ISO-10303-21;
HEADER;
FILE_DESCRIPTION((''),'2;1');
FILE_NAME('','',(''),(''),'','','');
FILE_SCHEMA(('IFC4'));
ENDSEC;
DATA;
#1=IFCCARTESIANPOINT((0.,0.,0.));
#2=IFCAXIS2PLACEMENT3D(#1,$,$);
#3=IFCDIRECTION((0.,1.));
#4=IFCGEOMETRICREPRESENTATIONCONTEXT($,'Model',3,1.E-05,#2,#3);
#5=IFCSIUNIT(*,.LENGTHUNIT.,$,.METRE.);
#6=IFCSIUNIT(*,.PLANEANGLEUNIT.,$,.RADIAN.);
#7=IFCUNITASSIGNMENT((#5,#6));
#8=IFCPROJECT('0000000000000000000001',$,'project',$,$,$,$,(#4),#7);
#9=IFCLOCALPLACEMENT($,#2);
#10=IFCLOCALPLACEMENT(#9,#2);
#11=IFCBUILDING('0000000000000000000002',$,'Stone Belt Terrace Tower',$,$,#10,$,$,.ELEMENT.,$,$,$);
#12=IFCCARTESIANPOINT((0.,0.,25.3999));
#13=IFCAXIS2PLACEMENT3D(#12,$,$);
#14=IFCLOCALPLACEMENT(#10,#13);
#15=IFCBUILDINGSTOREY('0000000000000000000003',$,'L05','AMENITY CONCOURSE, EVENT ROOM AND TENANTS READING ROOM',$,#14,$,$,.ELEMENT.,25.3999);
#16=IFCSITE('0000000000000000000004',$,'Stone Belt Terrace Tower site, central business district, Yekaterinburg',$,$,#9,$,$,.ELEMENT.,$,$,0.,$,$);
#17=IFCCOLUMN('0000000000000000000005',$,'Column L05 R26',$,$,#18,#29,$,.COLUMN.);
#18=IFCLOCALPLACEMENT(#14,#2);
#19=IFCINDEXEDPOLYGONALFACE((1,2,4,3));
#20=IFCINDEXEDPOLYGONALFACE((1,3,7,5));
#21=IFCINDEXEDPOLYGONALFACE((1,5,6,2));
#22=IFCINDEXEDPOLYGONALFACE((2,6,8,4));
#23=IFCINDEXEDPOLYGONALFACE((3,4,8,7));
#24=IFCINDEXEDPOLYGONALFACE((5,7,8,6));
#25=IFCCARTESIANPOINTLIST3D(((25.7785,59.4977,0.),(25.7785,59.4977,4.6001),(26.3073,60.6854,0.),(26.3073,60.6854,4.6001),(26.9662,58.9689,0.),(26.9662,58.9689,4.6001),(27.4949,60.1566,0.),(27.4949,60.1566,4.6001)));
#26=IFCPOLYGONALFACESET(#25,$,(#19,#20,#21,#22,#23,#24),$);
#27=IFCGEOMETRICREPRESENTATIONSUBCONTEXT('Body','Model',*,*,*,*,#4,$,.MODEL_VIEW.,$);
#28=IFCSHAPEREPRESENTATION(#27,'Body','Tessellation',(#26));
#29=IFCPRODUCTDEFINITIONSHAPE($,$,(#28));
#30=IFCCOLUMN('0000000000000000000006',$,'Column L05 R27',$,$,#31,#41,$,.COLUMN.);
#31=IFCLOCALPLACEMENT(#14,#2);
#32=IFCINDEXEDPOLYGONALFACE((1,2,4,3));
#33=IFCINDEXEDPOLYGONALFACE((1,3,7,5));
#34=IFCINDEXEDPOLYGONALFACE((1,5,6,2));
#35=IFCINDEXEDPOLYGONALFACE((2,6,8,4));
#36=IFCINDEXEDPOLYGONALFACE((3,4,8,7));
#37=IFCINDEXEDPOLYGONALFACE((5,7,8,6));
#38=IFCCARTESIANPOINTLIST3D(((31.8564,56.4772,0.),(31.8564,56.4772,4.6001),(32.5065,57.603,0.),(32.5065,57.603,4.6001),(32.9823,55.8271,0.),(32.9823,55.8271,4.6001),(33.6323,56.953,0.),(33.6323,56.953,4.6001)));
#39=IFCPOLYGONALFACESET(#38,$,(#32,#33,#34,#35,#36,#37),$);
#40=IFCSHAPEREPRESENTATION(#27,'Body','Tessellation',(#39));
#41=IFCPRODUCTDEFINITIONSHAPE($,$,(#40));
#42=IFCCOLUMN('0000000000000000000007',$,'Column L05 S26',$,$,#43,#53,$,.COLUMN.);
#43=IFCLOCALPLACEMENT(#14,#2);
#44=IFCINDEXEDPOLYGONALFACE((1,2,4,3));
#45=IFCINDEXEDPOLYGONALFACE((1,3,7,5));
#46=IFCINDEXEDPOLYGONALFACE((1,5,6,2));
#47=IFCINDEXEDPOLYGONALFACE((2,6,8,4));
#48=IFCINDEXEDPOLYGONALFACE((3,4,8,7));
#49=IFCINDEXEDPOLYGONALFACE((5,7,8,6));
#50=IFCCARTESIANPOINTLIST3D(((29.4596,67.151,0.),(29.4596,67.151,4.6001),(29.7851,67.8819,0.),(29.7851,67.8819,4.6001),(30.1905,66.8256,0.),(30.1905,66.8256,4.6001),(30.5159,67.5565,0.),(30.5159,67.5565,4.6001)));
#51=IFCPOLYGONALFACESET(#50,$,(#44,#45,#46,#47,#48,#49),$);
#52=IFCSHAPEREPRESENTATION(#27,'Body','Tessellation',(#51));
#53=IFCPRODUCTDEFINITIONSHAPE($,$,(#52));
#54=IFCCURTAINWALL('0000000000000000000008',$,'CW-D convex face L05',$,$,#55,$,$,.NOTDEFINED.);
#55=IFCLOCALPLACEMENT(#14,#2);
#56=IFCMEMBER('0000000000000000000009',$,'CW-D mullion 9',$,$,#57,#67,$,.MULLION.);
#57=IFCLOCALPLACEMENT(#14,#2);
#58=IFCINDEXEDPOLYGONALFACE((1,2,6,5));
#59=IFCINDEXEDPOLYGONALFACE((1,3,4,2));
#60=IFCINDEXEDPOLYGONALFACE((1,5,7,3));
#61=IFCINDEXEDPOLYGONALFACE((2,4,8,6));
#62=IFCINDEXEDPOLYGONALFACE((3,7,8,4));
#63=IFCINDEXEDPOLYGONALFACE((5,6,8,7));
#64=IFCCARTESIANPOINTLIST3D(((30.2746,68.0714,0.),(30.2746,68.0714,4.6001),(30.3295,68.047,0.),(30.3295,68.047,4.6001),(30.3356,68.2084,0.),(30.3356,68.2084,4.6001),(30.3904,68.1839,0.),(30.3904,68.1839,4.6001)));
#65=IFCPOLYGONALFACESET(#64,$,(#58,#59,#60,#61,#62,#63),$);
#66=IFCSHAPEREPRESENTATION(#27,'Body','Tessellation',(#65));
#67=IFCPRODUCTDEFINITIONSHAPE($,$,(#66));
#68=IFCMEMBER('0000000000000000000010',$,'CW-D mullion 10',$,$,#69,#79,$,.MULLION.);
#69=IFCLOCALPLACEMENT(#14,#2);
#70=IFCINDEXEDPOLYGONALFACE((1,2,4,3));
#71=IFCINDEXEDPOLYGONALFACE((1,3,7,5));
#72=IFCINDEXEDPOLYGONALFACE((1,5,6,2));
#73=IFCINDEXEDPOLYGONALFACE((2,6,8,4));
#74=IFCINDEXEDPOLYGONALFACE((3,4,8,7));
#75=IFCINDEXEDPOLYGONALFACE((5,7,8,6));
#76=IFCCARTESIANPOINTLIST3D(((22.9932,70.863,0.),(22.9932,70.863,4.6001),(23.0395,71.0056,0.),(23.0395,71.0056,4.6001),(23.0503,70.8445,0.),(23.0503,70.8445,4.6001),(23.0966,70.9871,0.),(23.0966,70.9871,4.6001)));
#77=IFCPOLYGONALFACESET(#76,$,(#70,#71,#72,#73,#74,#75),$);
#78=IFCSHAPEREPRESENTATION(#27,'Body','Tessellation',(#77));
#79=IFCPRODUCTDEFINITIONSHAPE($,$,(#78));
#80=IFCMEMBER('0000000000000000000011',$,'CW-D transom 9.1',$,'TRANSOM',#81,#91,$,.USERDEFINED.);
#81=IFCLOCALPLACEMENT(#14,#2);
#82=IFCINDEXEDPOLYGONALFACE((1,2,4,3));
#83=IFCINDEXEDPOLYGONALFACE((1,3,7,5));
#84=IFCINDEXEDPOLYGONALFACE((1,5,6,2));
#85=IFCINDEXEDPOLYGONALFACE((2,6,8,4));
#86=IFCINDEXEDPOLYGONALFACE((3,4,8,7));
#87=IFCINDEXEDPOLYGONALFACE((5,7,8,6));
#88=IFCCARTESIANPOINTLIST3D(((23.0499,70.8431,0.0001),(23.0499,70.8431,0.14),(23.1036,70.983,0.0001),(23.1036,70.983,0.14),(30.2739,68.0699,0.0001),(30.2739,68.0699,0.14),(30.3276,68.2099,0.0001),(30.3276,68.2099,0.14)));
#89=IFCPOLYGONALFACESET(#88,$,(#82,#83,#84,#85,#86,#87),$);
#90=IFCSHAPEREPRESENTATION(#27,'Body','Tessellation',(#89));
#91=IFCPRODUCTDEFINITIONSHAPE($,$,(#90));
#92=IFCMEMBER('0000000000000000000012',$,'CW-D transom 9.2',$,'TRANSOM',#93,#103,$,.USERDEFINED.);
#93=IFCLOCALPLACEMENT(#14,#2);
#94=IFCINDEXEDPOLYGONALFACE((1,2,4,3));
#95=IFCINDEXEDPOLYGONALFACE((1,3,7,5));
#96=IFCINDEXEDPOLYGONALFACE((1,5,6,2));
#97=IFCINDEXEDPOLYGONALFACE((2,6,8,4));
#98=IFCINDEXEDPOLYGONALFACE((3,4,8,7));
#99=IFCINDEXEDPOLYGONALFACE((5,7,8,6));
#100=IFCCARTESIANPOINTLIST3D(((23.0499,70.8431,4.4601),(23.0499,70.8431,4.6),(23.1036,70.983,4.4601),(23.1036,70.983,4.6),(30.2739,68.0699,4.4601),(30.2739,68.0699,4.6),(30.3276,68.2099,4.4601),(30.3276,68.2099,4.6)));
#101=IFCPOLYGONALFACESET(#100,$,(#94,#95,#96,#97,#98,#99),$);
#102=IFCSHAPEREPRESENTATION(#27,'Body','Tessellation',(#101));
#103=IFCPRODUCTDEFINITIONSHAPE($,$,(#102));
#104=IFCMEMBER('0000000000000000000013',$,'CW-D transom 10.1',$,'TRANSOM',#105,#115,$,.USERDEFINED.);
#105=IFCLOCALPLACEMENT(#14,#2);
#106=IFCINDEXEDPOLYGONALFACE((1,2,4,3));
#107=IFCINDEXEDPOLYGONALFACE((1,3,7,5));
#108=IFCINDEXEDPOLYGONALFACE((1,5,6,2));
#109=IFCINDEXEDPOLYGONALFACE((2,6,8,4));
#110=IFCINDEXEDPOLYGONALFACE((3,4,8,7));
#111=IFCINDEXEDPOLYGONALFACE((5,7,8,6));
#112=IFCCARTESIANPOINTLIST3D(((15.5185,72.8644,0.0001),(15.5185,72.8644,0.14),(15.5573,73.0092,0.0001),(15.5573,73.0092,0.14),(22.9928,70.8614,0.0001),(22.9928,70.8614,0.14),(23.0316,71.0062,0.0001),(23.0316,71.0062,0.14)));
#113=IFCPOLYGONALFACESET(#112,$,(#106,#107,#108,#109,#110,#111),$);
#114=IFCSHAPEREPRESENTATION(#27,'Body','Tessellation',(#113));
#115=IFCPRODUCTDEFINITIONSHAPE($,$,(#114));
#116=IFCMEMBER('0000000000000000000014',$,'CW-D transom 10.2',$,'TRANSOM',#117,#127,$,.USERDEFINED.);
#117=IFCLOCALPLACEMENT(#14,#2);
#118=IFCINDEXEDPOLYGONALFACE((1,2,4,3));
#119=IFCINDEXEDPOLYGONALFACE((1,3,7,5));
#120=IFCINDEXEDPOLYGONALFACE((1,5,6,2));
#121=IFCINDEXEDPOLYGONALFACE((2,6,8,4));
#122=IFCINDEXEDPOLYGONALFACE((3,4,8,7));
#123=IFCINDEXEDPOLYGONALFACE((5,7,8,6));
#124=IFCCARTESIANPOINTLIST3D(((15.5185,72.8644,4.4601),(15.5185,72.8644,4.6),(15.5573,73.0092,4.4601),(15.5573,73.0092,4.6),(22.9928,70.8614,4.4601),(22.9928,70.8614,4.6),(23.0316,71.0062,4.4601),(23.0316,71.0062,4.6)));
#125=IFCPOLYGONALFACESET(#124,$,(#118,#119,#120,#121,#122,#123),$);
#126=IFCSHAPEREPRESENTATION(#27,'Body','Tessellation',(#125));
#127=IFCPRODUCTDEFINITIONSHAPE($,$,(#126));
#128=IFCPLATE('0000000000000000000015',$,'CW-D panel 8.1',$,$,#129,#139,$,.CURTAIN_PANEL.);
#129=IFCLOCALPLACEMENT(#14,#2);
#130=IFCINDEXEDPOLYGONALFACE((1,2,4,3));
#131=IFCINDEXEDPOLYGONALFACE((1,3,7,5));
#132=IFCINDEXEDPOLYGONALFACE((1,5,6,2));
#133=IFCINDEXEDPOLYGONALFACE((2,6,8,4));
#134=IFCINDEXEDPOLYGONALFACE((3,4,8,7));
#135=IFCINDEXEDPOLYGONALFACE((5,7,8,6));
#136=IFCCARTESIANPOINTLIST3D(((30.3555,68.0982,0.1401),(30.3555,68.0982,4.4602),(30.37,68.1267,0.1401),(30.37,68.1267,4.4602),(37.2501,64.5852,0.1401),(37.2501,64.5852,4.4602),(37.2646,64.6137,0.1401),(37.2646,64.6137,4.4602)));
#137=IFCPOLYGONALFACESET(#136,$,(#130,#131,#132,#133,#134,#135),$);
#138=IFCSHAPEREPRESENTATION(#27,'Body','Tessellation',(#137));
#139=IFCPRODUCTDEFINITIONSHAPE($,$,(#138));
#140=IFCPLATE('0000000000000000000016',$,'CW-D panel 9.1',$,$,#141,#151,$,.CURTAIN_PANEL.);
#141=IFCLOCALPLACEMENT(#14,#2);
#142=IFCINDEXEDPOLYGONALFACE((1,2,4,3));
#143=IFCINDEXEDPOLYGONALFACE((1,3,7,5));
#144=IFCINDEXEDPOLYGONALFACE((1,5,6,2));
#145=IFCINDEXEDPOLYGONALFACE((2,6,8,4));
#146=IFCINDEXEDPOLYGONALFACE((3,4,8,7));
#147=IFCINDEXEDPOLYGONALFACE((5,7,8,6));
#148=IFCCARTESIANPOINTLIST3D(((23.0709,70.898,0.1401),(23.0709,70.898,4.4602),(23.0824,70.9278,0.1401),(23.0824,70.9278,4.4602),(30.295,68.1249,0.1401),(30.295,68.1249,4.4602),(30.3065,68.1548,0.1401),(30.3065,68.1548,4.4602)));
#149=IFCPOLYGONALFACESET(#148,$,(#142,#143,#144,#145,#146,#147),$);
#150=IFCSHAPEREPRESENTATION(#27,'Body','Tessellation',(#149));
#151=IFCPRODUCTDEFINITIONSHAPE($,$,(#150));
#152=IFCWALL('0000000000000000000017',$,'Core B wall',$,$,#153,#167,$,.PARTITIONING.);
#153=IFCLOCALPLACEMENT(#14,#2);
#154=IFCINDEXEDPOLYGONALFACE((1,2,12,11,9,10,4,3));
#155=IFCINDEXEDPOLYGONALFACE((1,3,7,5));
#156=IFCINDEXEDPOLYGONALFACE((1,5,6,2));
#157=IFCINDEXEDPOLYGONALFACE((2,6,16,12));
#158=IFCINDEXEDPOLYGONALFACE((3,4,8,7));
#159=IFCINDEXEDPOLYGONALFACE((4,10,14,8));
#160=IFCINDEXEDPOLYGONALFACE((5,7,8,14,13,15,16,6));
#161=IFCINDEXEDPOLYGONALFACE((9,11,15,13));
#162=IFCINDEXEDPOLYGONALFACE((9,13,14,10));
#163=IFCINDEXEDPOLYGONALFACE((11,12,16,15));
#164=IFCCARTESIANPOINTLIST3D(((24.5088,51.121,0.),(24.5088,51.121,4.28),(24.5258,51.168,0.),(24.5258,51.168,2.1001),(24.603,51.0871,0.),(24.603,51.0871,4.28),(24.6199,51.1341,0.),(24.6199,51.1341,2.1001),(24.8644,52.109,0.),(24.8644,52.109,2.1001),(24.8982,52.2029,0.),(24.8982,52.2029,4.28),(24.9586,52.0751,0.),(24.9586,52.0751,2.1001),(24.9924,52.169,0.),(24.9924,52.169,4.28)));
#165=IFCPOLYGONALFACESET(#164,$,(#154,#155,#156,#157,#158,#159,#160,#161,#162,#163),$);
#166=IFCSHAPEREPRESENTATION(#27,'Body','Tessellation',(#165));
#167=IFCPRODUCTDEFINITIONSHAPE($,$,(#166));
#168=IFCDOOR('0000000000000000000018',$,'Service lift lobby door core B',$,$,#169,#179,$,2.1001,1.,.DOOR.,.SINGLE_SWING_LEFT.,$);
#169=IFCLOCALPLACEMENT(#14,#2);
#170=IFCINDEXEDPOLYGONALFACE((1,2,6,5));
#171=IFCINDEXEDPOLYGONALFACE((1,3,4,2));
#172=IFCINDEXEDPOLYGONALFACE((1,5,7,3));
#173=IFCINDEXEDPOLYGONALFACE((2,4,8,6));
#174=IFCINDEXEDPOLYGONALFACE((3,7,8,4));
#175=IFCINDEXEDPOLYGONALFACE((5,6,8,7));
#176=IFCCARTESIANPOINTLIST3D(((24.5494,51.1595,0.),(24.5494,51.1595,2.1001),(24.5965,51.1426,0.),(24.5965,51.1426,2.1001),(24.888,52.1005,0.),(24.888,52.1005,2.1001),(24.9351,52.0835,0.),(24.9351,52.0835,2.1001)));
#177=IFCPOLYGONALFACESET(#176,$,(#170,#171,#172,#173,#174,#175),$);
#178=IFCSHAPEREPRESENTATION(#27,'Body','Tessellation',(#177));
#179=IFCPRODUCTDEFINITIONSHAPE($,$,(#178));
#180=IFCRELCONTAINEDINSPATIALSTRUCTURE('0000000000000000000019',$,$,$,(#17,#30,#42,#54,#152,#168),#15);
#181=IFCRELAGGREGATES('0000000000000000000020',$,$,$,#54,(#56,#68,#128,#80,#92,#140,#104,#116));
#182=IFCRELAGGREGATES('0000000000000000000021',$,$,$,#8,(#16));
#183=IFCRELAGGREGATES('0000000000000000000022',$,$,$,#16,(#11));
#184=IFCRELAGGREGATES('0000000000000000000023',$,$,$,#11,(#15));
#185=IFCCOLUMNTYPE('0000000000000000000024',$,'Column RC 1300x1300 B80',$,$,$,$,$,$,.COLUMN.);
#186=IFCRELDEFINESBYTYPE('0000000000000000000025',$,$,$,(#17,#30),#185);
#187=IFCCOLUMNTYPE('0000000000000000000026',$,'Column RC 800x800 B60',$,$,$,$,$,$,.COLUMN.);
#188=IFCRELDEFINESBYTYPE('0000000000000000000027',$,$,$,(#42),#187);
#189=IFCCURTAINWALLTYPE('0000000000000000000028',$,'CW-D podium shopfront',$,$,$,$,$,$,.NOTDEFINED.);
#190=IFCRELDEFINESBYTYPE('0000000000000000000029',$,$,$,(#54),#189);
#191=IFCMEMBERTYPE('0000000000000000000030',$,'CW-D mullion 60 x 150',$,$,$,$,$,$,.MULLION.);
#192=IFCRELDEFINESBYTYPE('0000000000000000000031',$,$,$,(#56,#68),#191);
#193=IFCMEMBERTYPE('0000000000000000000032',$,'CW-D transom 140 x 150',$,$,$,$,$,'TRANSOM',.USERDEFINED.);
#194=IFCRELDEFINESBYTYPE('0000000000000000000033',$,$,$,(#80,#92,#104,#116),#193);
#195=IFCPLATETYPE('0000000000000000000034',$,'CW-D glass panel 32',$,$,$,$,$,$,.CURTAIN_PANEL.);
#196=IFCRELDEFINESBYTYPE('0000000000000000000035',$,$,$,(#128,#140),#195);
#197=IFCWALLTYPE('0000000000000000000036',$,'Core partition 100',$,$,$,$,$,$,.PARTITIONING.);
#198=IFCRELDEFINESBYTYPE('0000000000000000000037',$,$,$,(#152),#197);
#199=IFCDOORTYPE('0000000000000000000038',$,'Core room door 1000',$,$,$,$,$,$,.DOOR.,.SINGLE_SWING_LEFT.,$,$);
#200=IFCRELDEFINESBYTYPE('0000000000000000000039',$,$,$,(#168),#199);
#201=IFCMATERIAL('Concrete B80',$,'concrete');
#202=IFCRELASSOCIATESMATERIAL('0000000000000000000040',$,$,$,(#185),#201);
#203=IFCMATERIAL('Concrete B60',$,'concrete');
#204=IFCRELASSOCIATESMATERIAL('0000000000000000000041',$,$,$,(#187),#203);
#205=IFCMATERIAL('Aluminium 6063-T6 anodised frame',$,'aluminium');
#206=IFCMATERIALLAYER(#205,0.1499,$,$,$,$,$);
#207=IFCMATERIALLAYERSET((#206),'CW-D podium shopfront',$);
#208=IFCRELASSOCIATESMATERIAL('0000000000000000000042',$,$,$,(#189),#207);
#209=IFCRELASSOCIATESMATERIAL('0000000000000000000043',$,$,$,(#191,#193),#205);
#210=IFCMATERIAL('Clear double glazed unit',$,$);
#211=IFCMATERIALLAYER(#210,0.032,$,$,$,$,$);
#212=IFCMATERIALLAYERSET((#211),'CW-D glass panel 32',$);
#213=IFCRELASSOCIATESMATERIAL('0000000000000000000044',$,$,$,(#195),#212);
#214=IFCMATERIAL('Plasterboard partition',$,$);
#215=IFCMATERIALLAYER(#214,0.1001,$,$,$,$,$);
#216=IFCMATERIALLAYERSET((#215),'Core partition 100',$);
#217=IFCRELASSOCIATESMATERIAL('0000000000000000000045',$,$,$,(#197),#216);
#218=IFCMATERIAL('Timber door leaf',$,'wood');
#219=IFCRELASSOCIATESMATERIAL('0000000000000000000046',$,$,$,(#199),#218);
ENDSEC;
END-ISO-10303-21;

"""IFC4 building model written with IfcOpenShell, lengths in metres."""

from ifc_helpers import new_model, si_unit, direction, frame, frame_2d, origin, origin_2d, place, context, subcontext, project, spatial, rectangle, extrude, material, layer, layer_set, material_profile, profile_set, type_object, element, fill, aggregate, save


model = new_model("IFC4")

# Units and contexts
model_context = context("Model", 3, precision=1e-05, world=origin(), true_north=direction((0.0, 1.0)))
body_context = subcontext(model_context, "Body", "Model", "MODEL_VIEW")
ifc_project = project(units=[si_unit("LENGTHUNIT", "METRE"), si_unit("PLANEANGLEUNIT", "RADIAN")], contexts=[model_context])

# Site, building, storey
site_placement = place(None, origin())
site = spatial("IfcSite", under=ifc_project, at=site_placement, Name="Stone Belt Terrace Tower site, central business district, Yekaterinburg", CompositionType="ELEMENT", RefElevation=0.0)
building_placement = place(site_placement, origin())
building = spatial("IfcBuilding", under=site, at=building_placement, Name="Stone Belt Terrace Tower", CompositionType="ELEMENT")
storey_placement = place(building_placement, frame((0.0, 0.0, 25.3999)))
storey = spatial("IfcBuildingStorey", under=building, at=storey_placement, Name="L05", Description="AMENITY CONCOURSE, EVENT ROOM AND TENANTS READING ROOM", CompositionType="ELEMENT", Elevation=25.3999)

# Columns
ifc_material_1 = material(Name="Concrete B80", Category="concrete")
ifc_material_profile_1 = material_profile(ifc_material_1, rectangle(XDim=1.3, YDim=1.3, at=origin_2d()), Name="RC 1300x1300")
ifc_profile_set_1 = profile_set([ifc_material_profile_1], Name="Concrete B80")
column_type_1 = type_object("IfcColumnType", Name="Column RC 1300x1300 B80", PredefinedType="COLUMN", material=ifc_profile_set_1)
for number, where, z_axis, x_axis, name in (
    (1, (26.6367, 59.8271, 0.0), (0.0, 0.0, 1.0), (0.913545, -0.406737, 0.0), "Column L05 R26"),
    (2, (32.7444, 56.7151, 0.0), (0.0, 0.0, 1.0), (0.866025, -0.5, 0.0), "Column L05 R27"),
):
    element("IfcColumn", number, at=place(storey_placement, frame(where, z_axis=z_axis, x_axis=x_axis)), inside=storey, type_object=column_type_1, Name=name, PredefinedType="COLUMN", context=body_context, shape_type="SweptSolid", body=[
        extrude(rectangle(XDim=1.3, YDim=1.3, at=origin_2d()), origin(), (0.0, 0.0, 1.0), 4.6001),
    ])
ifc_material_2 = material(Name="Concrete B60", Category="concrete")
ifc_material_profile_2 = material_profile(ifc_material_2, rectangle(XDim=0.8, YDim=0.8, at=origin_2d()), Name="RC 800x800")
ifc_profile_set_2 = profile_set([ifc_material_profile_2], Name="Concrete B60")
column_type_2 = type_object("IfcColumnType", Name="Column RC 800x800 B60", PredefinedType="COLUMN", material=ifc_profile_set_2)
column_placement = place(storey_placement, frame((29.9878, 67.3538, 0.0), z_axis=(0.0, 0.0, 1.0), x_axis=(0.913545, -0.406737, 0.0)))
element("IfcColumn", 3, at=column_placement, inside=storey, type_object=column_type_2, Name="Column L05 S26", PredefinedType="COLUMN", context=body_context, shape_type="SweptSolid", body=[
    extrude(rectangle(XDim=0.8, YDim=0.8, at=origin_2d()), origin(), (0.0, 0.0, 1.0), 4.6001),
])

# Curtain wall, members, plates
ifc_material_3 = material(Name="Aluminium 6063-T6 anodised frame", Category="aluminium")
ifc_layer_1 = layer(ifc_material_3, 0.1499)
ifc_layer_set_1 = layer_set([ifc_layer_1], Name="CW-D podium shopfront")
curtain_wall_type = type_object("IfcCurtainWallType", Name="CW-D podium shopfront", PredefinedType="NOTDEFINED", material=ifc_layer_set_1)
curtain_wall_placement = place(storey_placement, origin())
curtain_wall = element("IfcCurtainWall", 4, at=curtain_wall_placement, inside=storey, type_object=curtain_wall_type, Name="CW-D convex face L05", PredefinedType="NOTDEFINED")
ifc_material_profile_3 = material_profile(ifc_material_3, rectangle(XDim=0.1499, YDim=0.0601, at=origin_2d()), Name="Aluminium 6063-T6 60x150")
ifc_profile_set_3 = profile_set([ifc_material_profile_3], Name="Aluminium 6063-T6 anodised frame")
member_type_1 = type_object("IfcMemberType", Name="CW-D mullion 60 x 150", PredefinedType="MULLION", material=ifc_profile_set_3)
member_1_placement = place(storey_placement, frame((30.3325, 68.1277, 0.0), z_axis=(0.0, 0.0, 1.0), x_axis=(-0.406737, -0.913545, 0.0)))
member_1 = element("IfcMember", 5, at=member_1_placement, type_object=member_type_1, Name="CW-D mullion 9", PredefinedType="MULLION", context=body_context, shape_type="SweptSolid", body=[
    extrude(rectangle(XDim=0.1499, YDim=0.0601, at=origin_2d()), origin(), (0.0, 0.0, 1.0), 4.6001),
])
member_2_placement = place(storey_placement, frame((23.0449, 70.925, 0.0), z_axis=(0.0, 0.0, 1.0), x_axis=(-0.309017, -0.951057, 0.0)))
member_2 = element("IfcMember", 6, at=member_2_placement, type_object=member_type_1, Name="CW-D mullion 10", PredefinedType="MULLION", context=body_context, shape_type="SweptSolid", body=[
    extrude(rectangle(XDim=0.1499, YDim=0.0601, at=origin_2d()), origin(), (0.0, 0.0, 1.0), 4.6001),
])
ifc_material_profile_4 = material_profile(ifc_material_3, rectangle(XDim=0.1499, YDim=0.1399, at=origin_2d()), Name="Aluminium 6063-T6 150x140")
ifc_profile_set_4 = profile_set([ifc_material_profile_4], Name="Aluminium 6063-T6 anodised frame")
member_type_2 = type_object("IfcMemberType", Name="CW-D transom 140 x 150", ElementType="TRANSOM", PredefinedType="USERDEFINED", material=ifc_profile_set_4)
member_3_placement = place(storey_placement, frame((30.3008, 68.1399, 0.0701), z_axis=(-0.933576, 0.358381, 0.0), x_axis=(-0.358381, -0.933576, 0.0)))
member_3 = element("IfcMember", 7, at=member_3_placement, type_object=member_type_2, Name="CW-D transom 9.1", ObjectType="TRANSOM", PredefinedType="USERDEFINED", context=body_context, shape_type="SweptSolid", body=[
    extrude(rectangle(XDim=0.1499, YDim=0.1399, at=origin_2d()), origin(), (0.0, 0.0, 1.0), 7.738),
])
member_4_placement = place(storey_placement, frame((30.3008, 68.1399, 4.53), z_axis=(-0.933576, 0.358381, 0.0), x_axis=(-0.358381, -0.933576, 0.0)))
member_4 = element("IfcMember", 8, at=member_4_placement, type_object=member_type_2, Name="CW-D transom 9.2", ObjectType="TRANSOM", PredefinedType="USERDEFINED", context=body_context, shape_type="SweptSolid", body=[
    extrude(rectangle(XDim=0.1499, YDim=0.1399, at=origin_2d()), origin(), (0.0, 0.0, 1.0), 7.738),
])
member_5_placement = place(storey_placement, frame((23.0122, 70.9338, 0.0701), z_axis=(-0.96592, 0.258841, 0.0), x_axis=(-0.258841, -0.96592, 0.0)))
member_5 = element("IfcMember", 9, at=member_5_placement, type_object=member_type_2, Name="CW-D transom 10.1", ObjectType="TRANSOM", PredefinedType="USERDEFINED", context=body_context, shape_type="SweptSolid", body=[
    extrude(rectangle(XDim=0.1499, YDim=0.1399, at=origin_2d()), origin(), (0.0, 0.0, 1.0), 7.738),
])
member_6_placement = place(storey_placement, frame((23.0122, 70.9338, 4.53), z_axis=(-0.96592, 0.258841, 0.0), x_axis=(-0.258841, -0.96592, 0.0)))
member_6 = element("IfcMember", 10, at=member_6_placement, type_object=member_type_2, Name="CW-D transom 10.2", ObjectType="TRANSOM", PredefinedType="USERDEFINED", context=body_context, shape_type="SweptSolid", body=[
    extrude(rectangle(XDim=0.1499, YDim=0.1399, at=origin_2d()), origin(), (0.0, 0.0, 1.0), 7.738),
])
ifc_material_4 = material(Name="Clear double glazed unit")
ifc_layer_2 = layer(ifc_material_4, 0.032)
ifc_layer_set_2 = layer_set([ifc_layer_2], Name="CW-D glass panel 32")
plate_type = type_object("IfcPlateType", Name="CW-D glass panel 32", PredefinedType="CURTAIN_PANEL", material=ifc_layer_set_2)
plate_1_placement = place(storey_placement, frame((33.8101, 66.356, 0.1401), z_axis=(0.0, 0.0, 1.0), x_axis=(-0.891007, 0.45399, 0.0)))
plate_1 = element("IfcPlate", 11, at=plate_1_placement, type_object=plate_type, Name="CW-D panel 8.1", PredefinedType="CURTAIN_PANEL", context=body_context, shape_type="SweptSolid", body=[
    extrude(rectangle(XDim=7.738, YDim=0.032, at=origin_2d()), origin(), (0.0, 0.0, 1.0), 4.3201),
])
plate_2_placement = place(storey_placement, frame((26.6887, 69.5264, 0.1401), z_axis=(0.0, 0.0, 1.0), x_axis=(-0.93358, 0.358368, 0.0)))
plate_2 = element("IfcPlate", 12, at=plate_2_placement, type_object=plate_type, Name="CW-D panel 9.1", PredefinedType="CURTAIN_PANEL", context=body_context, shape_type="SweptSolid", body=[
    extrude(rectangle(XDim=7.738, YDim=0.032, at=origin_2d()), origin(), (0.0, 0.0, 1.0), 4.3201),
])
aggregate(curtain_wall, [member_1, member_2, plate_1, member_3, member_4, plate_2, member_5, member_6])

# Wall, opening, door
ifc_material_5 = material(Name="Plasterboard partition")
ifc_layer_3 = layer(ifc_material_5, 0.1001)
ifc_layer_set_3 = layer_set([ifc_layer_3], Name="Core partition 100")
wall_type_1 = type_object("IfcWallType", Name="Core partition 100", PredefinedType="PARTITIONING", material=ifc_layer_set_3)
wall_1_placement = place(storey_placement, frame((24.5559, 51.104, 0.0), z_axis=(0.0, 0.0, 1.0), x_axis=(0.338622, 0.940923, 0.0)))
wall_1 = element("IfcWall", 13, at=wall_1_placement, inside=storey, type_object=wall_type_1, Name="Core B wall", PredefinedType="PARTITIONING", context=body_context, shape_type="SweptSolid", body=[
    extrude(rectangle(XDim=1.1499, YDim=0.1001, at=frame_2d((0.575, 0.0))), origin(), (0.0, 0.0, 1.0), 4.28),
])
opening_1_placement = place(wall_1_placement, frame((0.05, 0.0, 0.0)))
opening_1 = element("IfcOpeningElement", 14, at=opening_1_placement, cuts=wall_1, PredefinedType="OPENING", context=body_context, shape_type="SweptSolid", body=[
    extrude(rectangle(XDim=1.0, YDim=2.1001, at=frame_2d((0.5, 1.05))), frame((0.0, 0.0601, 0.0), z_axis=(0.0, -1.0, 0.0), x_axis=(1.0, 0.0, 0.0)), (0.0, 0.0, 1.0), 0.1201),
])
ifc_material_6 = material(Name="Timber door leaf", Category="wood")
door_type_1 = type_object("IfcDoorType", Name="Core room door 1000", OperationType="SINGLE_SWING_LEFT", PredefinedType="DOOR", material=ifc_material_6)
door_1_placement = place(opening_1_placement, origin())
door_1 = element("IfcDoor", 15, at=door_1_placement, inside=storey, type_object=door_type_1, Name="Service lift lobby door core B", OperationType="SINGLE_SWING_LEFT", OverallHeight=2.1001, OverallWidth=1.0, PredefinedType="DOOR", context=body_context, shape_type="SweptSolid", body=[
    extrude(rectangle(XDim=1.0, YDim=2.1001, at=frame_2d((0.5, 1.05))), frame((0.0, 0.0249, 0.0), z_axis=(0.0, -1.0, 0.0), x_axis=(1.0, 0.0, 0.0)), (0.0, 0.0, 1.0), 0.05),
])
fill(opening_1, door_1)

save(model, "model.ifc")
